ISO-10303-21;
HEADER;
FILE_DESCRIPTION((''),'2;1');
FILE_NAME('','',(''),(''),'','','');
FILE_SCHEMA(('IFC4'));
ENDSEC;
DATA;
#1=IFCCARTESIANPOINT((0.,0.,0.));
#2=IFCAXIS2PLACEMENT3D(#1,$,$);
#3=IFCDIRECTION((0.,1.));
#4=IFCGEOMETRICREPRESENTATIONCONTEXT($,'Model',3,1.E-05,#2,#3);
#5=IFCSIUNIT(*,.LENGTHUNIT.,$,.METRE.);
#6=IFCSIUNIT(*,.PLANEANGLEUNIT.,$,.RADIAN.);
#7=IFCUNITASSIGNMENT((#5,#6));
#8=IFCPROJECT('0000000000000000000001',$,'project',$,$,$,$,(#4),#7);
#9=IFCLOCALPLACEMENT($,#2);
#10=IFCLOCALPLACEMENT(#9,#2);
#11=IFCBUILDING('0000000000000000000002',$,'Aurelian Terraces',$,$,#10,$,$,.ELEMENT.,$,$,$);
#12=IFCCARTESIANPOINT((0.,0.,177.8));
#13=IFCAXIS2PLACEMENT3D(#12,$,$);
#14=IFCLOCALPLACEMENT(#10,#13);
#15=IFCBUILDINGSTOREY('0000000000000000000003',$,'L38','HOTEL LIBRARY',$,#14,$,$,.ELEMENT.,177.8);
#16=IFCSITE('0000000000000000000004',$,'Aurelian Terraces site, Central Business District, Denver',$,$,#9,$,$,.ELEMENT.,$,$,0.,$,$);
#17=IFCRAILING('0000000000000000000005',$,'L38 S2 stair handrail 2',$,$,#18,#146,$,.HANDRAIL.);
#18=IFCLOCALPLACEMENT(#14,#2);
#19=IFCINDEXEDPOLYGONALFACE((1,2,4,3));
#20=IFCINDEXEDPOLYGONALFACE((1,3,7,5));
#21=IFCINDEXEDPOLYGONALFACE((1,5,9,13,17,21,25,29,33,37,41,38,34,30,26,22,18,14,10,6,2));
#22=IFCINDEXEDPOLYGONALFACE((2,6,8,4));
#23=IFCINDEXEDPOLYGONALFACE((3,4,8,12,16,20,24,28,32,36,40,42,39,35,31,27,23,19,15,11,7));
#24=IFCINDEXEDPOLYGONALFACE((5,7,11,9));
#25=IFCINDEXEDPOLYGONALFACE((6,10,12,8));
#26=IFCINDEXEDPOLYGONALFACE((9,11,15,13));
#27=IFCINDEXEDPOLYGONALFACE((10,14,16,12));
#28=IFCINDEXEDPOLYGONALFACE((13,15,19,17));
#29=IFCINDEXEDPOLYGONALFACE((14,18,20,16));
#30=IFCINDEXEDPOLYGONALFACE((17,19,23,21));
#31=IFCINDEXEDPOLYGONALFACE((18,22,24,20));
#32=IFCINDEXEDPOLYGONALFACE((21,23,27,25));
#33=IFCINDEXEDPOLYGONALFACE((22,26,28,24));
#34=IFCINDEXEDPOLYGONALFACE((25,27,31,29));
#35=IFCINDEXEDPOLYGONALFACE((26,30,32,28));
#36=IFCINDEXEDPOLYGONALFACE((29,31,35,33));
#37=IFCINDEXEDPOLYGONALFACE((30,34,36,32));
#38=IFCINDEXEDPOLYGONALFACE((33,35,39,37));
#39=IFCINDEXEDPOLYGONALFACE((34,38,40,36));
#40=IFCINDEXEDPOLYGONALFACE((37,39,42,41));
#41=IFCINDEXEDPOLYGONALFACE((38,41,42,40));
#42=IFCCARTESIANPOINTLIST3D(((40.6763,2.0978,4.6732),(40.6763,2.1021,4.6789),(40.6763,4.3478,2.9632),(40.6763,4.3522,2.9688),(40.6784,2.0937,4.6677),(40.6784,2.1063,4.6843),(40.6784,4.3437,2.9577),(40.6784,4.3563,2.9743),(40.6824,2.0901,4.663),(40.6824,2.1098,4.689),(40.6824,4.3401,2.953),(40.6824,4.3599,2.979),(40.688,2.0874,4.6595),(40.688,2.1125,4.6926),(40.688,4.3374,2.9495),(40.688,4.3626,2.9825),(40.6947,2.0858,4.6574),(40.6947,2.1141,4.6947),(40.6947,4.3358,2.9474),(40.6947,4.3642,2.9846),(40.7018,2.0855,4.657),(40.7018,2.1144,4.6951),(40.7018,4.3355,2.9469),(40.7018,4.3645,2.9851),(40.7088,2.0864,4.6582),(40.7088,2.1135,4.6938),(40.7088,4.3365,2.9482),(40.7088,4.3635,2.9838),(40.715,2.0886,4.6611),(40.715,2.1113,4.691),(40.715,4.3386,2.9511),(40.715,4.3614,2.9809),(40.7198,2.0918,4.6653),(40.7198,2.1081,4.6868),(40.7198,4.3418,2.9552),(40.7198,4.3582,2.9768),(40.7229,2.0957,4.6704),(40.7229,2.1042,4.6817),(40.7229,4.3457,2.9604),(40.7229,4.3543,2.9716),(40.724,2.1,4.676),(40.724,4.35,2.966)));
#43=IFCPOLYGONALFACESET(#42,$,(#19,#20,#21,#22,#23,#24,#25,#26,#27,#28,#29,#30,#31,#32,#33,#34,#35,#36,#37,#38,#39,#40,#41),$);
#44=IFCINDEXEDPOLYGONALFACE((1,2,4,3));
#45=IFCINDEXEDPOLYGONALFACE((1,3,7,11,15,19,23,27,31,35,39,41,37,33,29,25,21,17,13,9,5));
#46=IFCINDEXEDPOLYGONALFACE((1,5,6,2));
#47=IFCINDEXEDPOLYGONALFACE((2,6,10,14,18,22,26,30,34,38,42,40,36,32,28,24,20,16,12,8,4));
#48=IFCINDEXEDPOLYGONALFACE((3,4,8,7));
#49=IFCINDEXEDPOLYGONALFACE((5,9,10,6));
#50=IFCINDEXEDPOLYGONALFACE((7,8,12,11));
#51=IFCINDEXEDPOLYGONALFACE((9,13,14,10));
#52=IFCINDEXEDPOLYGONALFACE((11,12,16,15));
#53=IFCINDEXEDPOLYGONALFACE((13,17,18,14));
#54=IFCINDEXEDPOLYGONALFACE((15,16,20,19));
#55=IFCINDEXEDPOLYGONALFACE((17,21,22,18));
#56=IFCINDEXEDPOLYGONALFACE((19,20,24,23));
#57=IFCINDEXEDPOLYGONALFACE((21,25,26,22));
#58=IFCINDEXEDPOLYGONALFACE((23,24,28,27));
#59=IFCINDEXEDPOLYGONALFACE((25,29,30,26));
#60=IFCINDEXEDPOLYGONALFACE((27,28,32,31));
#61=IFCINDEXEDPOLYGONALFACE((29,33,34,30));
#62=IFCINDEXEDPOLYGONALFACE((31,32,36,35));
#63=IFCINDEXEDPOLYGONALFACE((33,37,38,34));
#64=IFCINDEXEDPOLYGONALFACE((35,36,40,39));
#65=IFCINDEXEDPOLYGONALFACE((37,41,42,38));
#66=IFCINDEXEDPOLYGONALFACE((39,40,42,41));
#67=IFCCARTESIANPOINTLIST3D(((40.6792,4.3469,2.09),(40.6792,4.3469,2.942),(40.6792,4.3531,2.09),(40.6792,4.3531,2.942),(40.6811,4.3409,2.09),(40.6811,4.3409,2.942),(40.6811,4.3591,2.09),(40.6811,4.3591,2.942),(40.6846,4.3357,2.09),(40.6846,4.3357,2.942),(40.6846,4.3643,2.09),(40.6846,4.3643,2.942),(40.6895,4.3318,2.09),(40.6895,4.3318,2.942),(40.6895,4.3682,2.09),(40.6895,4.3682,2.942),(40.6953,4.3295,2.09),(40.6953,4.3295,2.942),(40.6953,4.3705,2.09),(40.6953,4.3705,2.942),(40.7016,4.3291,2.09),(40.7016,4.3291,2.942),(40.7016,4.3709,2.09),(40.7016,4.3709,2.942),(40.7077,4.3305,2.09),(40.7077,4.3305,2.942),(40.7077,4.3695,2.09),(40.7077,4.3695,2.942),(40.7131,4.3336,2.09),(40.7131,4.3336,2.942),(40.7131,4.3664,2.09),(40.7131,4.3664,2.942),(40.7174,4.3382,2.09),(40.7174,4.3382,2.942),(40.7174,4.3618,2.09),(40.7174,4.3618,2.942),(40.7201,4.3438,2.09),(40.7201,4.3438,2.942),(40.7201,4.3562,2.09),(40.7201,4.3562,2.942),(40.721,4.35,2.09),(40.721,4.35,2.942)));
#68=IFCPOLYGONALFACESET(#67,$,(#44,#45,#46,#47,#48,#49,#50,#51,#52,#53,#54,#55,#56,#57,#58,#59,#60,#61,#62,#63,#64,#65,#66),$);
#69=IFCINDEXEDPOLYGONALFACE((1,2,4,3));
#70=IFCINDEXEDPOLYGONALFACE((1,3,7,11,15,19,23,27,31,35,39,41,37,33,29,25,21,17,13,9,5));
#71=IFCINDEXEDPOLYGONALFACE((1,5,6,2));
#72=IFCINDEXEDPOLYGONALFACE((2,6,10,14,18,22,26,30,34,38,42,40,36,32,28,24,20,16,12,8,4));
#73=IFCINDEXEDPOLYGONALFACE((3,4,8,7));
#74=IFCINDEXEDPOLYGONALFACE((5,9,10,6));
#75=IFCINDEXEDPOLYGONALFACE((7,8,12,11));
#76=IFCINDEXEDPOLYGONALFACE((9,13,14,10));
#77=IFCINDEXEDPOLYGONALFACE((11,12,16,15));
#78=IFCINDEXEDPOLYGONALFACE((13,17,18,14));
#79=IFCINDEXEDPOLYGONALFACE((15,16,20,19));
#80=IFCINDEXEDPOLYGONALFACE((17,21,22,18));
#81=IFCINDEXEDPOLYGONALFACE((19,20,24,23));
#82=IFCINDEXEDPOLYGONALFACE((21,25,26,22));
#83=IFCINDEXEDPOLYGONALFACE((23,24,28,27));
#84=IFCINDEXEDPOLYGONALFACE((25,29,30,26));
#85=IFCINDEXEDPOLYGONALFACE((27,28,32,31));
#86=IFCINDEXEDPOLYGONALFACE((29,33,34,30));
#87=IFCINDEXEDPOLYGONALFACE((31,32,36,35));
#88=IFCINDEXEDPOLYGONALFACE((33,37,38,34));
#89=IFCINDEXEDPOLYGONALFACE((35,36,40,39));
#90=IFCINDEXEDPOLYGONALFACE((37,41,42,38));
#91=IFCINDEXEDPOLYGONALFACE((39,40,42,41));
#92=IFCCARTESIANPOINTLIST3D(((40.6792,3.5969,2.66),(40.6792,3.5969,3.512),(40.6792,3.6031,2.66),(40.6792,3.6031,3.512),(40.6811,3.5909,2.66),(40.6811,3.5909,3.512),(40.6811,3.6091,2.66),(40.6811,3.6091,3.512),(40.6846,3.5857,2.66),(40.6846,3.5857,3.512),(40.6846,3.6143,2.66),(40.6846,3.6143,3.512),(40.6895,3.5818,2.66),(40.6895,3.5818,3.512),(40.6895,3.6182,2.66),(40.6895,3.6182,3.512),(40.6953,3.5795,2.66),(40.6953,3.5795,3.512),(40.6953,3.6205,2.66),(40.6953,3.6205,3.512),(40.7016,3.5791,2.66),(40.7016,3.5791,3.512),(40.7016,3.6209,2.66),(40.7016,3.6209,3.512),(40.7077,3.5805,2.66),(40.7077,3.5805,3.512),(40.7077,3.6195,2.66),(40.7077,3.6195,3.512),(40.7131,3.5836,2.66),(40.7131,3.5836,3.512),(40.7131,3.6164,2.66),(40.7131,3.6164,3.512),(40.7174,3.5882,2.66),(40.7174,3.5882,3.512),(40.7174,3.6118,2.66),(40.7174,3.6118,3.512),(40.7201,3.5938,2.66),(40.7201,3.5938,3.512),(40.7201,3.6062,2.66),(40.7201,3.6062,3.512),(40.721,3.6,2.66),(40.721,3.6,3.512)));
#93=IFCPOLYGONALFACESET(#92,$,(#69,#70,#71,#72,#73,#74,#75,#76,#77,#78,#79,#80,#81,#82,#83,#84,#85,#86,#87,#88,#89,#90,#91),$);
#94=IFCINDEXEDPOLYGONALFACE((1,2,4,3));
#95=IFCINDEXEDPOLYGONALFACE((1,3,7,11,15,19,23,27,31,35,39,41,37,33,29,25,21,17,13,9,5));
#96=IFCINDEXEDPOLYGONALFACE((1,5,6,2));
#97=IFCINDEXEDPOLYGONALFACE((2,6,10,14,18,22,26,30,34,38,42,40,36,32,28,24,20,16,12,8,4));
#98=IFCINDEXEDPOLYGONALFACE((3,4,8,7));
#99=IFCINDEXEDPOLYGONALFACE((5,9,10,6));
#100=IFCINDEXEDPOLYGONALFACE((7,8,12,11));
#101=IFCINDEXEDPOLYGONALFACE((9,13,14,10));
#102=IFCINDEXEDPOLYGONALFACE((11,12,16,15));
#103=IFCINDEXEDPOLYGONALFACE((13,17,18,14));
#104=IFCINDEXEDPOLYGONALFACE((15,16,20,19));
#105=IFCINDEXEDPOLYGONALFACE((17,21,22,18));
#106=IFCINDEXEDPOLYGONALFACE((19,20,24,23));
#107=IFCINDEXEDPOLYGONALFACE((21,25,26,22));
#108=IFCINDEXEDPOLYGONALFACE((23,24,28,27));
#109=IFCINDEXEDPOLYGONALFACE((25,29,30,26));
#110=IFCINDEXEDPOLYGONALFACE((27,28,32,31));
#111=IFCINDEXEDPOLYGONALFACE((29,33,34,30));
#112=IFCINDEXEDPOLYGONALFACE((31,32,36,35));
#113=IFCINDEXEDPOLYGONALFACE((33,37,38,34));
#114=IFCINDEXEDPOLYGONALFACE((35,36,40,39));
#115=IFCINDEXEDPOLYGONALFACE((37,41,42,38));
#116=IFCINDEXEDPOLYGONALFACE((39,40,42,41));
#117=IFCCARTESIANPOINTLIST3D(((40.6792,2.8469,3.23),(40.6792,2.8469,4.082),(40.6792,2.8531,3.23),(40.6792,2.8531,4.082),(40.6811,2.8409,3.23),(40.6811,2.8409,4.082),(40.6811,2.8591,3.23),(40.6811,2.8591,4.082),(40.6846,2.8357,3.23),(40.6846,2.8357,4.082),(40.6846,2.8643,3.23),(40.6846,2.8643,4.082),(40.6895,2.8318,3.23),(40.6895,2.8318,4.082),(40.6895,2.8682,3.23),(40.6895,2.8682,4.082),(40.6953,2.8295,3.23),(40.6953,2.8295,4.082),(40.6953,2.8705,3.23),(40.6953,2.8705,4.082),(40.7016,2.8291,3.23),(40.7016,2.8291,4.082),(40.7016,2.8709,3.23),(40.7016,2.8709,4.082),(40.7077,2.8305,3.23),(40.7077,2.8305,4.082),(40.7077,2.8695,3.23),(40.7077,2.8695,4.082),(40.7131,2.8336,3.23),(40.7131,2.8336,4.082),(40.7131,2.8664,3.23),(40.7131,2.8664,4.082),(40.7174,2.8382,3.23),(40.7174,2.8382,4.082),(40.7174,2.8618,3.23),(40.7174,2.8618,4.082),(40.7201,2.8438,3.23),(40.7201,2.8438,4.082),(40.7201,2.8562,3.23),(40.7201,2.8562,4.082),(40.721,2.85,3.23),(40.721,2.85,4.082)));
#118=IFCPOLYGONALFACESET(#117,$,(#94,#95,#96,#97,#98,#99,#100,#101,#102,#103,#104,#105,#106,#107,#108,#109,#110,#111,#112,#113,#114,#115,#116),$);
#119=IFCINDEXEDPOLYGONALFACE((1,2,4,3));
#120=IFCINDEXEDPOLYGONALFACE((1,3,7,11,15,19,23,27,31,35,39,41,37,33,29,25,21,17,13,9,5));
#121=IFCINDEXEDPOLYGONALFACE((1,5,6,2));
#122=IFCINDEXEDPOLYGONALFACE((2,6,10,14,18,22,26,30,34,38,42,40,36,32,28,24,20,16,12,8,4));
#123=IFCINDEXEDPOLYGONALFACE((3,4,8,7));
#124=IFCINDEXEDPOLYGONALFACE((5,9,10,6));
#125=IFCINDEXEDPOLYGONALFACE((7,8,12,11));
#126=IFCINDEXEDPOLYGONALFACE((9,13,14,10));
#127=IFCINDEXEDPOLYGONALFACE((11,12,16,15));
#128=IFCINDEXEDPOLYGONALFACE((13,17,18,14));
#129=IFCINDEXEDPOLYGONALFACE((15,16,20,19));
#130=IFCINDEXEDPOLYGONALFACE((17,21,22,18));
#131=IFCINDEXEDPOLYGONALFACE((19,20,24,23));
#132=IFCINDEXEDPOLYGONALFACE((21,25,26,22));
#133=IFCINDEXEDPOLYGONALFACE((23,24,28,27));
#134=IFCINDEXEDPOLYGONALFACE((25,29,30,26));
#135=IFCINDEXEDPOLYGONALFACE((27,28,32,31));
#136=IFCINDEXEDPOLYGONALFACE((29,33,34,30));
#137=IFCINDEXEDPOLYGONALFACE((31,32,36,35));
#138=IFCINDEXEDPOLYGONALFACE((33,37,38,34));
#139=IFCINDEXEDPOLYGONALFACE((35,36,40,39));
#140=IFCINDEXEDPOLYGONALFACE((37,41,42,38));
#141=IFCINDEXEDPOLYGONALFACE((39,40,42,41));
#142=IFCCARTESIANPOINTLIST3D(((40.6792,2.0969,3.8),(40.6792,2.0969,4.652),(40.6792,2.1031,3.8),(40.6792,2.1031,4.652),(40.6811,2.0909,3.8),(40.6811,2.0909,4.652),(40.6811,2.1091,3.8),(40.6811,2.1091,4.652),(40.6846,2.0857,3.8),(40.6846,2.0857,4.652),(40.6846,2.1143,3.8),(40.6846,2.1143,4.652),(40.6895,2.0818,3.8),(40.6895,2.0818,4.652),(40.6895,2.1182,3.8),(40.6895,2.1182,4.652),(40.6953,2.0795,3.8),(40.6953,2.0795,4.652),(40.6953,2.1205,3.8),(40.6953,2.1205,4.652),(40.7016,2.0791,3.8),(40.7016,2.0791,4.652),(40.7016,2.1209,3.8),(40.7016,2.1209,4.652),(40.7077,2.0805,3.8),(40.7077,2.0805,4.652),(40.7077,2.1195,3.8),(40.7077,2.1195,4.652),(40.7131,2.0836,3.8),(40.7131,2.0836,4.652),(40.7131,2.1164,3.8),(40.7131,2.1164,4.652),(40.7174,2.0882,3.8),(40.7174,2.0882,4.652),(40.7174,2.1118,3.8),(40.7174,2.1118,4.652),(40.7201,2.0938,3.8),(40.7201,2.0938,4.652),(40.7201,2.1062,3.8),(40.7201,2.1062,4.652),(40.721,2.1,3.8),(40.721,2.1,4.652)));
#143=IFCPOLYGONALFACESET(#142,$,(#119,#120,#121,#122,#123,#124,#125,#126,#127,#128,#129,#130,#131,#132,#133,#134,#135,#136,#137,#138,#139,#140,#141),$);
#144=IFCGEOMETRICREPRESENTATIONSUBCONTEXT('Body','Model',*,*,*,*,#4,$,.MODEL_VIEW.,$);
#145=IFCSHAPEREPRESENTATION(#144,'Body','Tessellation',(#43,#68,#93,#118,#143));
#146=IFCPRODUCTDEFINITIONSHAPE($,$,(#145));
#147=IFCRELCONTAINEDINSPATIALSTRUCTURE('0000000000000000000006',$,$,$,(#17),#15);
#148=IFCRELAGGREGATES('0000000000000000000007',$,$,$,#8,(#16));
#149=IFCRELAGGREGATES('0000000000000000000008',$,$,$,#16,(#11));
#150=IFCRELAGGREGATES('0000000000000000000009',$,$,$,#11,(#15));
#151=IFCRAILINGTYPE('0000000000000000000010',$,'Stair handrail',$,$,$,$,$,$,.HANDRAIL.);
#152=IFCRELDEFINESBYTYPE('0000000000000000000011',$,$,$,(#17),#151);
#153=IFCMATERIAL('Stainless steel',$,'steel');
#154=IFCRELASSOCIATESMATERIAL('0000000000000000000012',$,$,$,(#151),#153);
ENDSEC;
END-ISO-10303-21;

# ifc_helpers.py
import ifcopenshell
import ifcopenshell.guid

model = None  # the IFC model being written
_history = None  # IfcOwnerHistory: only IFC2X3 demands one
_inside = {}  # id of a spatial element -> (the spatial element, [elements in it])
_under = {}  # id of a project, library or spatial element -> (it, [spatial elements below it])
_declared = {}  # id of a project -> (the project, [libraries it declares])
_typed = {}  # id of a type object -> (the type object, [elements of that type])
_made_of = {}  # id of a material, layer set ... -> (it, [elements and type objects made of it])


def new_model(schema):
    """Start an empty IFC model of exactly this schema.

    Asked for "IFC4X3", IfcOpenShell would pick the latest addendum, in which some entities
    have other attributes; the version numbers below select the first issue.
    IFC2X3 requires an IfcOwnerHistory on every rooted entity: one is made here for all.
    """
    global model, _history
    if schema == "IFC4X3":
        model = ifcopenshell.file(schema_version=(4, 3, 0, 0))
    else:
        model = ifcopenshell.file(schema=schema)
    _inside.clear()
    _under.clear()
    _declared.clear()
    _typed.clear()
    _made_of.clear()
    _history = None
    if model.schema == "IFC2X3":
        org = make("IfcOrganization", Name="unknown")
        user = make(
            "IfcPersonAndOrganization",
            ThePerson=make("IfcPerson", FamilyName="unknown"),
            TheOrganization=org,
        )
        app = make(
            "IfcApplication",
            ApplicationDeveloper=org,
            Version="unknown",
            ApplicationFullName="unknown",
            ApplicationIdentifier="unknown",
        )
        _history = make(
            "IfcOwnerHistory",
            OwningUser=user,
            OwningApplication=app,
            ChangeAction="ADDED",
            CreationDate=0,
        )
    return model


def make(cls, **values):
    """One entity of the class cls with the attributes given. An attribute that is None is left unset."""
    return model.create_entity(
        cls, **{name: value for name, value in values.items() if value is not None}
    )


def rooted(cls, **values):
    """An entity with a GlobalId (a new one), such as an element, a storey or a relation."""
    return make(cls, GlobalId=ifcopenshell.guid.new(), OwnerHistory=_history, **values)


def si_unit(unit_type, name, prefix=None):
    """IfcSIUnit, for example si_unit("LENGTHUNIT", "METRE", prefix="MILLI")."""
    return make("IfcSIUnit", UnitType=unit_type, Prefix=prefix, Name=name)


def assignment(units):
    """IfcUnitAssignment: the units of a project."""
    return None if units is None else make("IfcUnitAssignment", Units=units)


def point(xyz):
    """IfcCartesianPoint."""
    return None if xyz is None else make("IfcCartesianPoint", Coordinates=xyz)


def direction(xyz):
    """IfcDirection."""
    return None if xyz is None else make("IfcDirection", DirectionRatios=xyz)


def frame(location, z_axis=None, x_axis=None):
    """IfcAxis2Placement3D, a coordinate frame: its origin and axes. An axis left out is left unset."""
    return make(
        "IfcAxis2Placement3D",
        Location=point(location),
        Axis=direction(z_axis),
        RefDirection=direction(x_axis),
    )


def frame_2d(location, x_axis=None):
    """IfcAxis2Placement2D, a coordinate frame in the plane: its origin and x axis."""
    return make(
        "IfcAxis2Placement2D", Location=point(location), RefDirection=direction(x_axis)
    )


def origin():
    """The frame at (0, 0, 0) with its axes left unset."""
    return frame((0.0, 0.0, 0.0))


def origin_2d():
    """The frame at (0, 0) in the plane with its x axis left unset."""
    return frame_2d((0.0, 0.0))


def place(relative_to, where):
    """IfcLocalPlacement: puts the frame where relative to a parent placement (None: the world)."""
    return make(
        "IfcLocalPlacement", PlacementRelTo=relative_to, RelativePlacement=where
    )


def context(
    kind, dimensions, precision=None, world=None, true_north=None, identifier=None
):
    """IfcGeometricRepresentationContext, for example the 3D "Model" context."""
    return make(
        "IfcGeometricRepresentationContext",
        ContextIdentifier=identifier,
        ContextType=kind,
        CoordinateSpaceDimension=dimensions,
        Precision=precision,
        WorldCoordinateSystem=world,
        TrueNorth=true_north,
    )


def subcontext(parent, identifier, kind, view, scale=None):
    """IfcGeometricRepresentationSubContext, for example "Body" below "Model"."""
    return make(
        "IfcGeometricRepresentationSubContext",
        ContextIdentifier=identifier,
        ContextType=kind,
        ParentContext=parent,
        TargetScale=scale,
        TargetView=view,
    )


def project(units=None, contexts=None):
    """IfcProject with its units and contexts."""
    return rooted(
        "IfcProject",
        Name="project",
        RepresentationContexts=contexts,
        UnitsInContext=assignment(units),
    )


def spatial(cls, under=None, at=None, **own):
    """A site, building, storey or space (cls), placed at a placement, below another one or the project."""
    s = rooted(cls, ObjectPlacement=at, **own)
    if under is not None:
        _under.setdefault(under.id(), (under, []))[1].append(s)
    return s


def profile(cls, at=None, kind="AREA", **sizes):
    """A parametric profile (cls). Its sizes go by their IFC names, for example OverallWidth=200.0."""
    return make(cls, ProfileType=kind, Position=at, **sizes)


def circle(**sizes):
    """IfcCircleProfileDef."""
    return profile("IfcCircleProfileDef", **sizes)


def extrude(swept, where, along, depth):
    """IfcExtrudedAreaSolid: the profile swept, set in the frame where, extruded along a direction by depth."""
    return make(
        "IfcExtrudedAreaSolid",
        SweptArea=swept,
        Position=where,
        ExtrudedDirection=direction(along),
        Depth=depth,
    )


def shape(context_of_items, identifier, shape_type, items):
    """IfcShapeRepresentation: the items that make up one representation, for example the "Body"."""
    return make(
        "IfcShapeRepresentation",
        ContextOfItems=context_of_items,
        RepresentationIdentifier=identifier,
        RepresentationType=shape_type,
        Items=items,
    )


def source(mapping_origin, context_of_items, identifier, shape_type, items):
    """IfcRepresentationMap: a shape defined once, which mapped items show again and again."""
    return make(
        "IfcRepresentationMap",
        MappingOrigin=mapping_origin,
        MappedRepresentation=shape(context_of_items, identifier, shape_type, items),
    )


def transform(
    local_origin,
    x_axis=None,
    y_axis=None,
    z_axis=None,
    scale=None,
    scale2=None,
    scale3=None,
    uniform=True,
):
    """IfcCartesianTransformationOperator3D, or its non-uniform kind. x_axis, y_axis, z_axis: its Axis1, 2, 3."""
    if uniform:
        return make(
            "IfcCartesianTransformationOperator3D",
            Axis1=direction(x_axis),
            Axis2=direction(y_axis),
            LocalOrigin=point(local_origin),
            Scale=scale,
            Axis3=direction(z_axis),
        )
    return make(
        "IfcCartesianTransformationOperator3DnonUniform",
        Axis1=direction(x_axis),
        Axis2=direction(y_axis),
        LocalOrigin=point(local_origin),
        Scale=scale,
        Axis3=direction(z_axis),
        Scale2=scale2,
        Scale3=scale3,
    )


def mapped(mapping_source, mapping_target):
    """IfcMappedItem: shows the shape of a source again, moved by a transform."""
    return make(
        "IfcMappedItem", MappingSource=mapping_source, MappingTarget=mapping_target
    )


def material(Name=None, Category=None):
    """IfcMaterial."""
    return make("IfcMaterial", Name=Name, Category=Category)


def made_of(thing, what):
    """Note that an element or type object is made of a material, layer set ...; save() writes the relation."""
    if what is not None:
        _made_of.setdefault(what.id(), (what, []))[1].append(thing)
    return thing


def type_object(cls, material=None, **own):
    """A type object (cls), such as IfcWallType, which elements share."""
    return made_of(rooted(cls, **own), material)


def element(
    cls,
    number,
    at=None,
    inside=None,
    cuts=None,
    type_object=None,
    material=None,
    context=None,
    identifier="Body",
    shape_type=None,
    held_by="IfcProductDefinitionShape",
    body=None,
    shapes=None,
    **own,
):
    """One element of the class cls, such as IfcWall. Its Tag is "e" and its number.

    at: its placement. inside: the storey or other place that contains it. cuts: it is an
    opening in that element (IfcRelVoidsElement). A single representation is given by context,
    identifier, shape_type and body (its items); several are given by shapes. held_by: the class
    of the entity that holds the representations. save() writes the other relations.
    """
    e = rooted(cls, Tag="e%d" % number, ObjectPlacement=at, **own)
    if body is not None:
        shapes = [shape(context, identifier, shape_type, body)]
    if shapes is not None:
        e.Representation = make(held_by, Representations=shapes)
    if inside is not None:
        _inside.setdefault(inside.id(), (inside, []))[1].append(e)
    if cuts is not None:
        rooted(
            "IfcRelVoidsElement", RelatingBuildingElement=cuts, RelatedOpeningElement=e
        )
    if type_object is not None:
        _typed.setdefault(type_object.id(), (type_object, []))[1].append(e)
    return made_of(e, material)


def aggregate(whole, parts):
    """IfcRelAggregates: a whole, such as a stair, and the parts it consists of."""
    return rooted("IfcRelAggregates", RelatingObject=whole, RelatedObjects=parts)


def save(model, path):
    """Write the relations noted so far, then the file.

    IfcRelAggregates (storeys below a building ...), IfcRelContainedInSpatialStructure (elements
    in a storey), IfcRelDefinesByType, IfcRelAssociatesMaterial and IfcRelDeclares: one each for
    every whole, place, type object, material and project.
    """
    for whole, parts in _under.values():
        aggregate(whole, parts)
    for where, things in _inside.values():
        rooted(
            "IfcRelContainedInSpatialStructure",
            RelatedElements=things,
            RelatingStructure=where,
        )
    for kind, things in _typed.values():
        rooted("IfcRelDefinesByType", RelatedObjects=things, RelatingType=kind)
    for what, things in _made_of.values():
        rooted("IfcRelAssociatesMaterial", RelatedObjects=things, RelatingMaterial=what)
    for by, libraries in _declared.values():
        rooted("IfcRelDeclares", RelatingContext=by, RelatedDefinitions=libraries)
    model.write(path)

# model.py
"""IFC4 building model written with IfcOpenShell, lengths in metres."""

from ifc_helpers import new_model, si_unit, direction, frame, origin, origin_2d, place, context, subcontext, project, spatial, circle, extrude, source, transform, mapped, material, type_object, element, save


model = new_model("IFC4")

# Units and contexts
model_context = context("Model", 3, precision=1e-05, world=origin(), true_north=direction((0.0, 1.0)))
body_context = subcontext(model_context, "Body", "Model", "MODEL_VIEW")
ifc_project = project(units=[si_unit("LENGTHUNIT", "METRE"), si_unit("PLANEANGLEUNIT", "RADIAN")], contexts=[model_context])

# Site, building, storey
site_placement = place(None, origin())
site = spatial("IfcSite", under=ifc_project, at=site_placement, Name="Aurelian Terraces site, Central Business District, Denver", CompositionType="ELEMENT", RefElevation=0.0)
building_placement = place(site_placement, origin())
building = spatial("IfcBuilding", under=site, at=building_placement, Name="Aurelian Terraces", CompositionType="ELEMENT")
storey_placement = place(building_placement, frame((0.0, 0.0, 177.8)))
storey = spatial("IfcBuildingStorey", under=building, at=storey_placement, Name="L38", Description="HOTEL LIBRARY", CompositionType="ELEMENT", Elevation=177.8)

# Railing
ifc_material_1 = material(Name="Stainless steel", Category="steel")
railing_type_1 = type_object("IfcRailingType", Name="Stair handrail", PredefinedType="HANDRAIL", material=ifc_material_1)
shared_shape_1 = source(origin(), body_context, "Body", "SweptSolid", [
    extrude(circle(Radius=0.024, at=origin_2d()), frame((0.0, 0.0, 0.876), z_axis=(0.0, -0.796162, 0.605083), x_axis=(1.0, 0.0, 0.0)), (0.0, 0.0, 1.0), 2.8261),
    extrude(circle(Radius=0.021, at=origin_2d()), origin(), (0.0, 0.0, 1.0), 0.852),
    extrude(circle(Radius=0.021, at=origin_2d()), frame((0.0, -0.75, 0.57)), (0.0, 0.0, 1.0), 0.852),
    extrude(circle(Radius=0.021, at=origin_2d()), frame((0.0, -1.5, 1.14)), (0.0, 0.0, 1.0), 0.852),
    extrude(circle(Radius=0.021, at=origin_2d()), frame((0.0, -2.25, 1.71)), (0.0, 0.0, 1.0), 0.852),
])
railing_1_placement = place(storey_placement, frame((40.7, 4.35, 2.09)))
element("IfcRailing", 1, at=railing_1_placement, inside=storey, type_object=railing_type_1, Name="L38 S2 stair handrail 2", PredefinedType="HANDRAIL", context=body_context, shape_type="MappedRepresentation", body=[
    mapped(shared_shape_1, transform((0.0, 0.0, 0.0), scale=1.0)),
])

save(model, "model.ifc")
